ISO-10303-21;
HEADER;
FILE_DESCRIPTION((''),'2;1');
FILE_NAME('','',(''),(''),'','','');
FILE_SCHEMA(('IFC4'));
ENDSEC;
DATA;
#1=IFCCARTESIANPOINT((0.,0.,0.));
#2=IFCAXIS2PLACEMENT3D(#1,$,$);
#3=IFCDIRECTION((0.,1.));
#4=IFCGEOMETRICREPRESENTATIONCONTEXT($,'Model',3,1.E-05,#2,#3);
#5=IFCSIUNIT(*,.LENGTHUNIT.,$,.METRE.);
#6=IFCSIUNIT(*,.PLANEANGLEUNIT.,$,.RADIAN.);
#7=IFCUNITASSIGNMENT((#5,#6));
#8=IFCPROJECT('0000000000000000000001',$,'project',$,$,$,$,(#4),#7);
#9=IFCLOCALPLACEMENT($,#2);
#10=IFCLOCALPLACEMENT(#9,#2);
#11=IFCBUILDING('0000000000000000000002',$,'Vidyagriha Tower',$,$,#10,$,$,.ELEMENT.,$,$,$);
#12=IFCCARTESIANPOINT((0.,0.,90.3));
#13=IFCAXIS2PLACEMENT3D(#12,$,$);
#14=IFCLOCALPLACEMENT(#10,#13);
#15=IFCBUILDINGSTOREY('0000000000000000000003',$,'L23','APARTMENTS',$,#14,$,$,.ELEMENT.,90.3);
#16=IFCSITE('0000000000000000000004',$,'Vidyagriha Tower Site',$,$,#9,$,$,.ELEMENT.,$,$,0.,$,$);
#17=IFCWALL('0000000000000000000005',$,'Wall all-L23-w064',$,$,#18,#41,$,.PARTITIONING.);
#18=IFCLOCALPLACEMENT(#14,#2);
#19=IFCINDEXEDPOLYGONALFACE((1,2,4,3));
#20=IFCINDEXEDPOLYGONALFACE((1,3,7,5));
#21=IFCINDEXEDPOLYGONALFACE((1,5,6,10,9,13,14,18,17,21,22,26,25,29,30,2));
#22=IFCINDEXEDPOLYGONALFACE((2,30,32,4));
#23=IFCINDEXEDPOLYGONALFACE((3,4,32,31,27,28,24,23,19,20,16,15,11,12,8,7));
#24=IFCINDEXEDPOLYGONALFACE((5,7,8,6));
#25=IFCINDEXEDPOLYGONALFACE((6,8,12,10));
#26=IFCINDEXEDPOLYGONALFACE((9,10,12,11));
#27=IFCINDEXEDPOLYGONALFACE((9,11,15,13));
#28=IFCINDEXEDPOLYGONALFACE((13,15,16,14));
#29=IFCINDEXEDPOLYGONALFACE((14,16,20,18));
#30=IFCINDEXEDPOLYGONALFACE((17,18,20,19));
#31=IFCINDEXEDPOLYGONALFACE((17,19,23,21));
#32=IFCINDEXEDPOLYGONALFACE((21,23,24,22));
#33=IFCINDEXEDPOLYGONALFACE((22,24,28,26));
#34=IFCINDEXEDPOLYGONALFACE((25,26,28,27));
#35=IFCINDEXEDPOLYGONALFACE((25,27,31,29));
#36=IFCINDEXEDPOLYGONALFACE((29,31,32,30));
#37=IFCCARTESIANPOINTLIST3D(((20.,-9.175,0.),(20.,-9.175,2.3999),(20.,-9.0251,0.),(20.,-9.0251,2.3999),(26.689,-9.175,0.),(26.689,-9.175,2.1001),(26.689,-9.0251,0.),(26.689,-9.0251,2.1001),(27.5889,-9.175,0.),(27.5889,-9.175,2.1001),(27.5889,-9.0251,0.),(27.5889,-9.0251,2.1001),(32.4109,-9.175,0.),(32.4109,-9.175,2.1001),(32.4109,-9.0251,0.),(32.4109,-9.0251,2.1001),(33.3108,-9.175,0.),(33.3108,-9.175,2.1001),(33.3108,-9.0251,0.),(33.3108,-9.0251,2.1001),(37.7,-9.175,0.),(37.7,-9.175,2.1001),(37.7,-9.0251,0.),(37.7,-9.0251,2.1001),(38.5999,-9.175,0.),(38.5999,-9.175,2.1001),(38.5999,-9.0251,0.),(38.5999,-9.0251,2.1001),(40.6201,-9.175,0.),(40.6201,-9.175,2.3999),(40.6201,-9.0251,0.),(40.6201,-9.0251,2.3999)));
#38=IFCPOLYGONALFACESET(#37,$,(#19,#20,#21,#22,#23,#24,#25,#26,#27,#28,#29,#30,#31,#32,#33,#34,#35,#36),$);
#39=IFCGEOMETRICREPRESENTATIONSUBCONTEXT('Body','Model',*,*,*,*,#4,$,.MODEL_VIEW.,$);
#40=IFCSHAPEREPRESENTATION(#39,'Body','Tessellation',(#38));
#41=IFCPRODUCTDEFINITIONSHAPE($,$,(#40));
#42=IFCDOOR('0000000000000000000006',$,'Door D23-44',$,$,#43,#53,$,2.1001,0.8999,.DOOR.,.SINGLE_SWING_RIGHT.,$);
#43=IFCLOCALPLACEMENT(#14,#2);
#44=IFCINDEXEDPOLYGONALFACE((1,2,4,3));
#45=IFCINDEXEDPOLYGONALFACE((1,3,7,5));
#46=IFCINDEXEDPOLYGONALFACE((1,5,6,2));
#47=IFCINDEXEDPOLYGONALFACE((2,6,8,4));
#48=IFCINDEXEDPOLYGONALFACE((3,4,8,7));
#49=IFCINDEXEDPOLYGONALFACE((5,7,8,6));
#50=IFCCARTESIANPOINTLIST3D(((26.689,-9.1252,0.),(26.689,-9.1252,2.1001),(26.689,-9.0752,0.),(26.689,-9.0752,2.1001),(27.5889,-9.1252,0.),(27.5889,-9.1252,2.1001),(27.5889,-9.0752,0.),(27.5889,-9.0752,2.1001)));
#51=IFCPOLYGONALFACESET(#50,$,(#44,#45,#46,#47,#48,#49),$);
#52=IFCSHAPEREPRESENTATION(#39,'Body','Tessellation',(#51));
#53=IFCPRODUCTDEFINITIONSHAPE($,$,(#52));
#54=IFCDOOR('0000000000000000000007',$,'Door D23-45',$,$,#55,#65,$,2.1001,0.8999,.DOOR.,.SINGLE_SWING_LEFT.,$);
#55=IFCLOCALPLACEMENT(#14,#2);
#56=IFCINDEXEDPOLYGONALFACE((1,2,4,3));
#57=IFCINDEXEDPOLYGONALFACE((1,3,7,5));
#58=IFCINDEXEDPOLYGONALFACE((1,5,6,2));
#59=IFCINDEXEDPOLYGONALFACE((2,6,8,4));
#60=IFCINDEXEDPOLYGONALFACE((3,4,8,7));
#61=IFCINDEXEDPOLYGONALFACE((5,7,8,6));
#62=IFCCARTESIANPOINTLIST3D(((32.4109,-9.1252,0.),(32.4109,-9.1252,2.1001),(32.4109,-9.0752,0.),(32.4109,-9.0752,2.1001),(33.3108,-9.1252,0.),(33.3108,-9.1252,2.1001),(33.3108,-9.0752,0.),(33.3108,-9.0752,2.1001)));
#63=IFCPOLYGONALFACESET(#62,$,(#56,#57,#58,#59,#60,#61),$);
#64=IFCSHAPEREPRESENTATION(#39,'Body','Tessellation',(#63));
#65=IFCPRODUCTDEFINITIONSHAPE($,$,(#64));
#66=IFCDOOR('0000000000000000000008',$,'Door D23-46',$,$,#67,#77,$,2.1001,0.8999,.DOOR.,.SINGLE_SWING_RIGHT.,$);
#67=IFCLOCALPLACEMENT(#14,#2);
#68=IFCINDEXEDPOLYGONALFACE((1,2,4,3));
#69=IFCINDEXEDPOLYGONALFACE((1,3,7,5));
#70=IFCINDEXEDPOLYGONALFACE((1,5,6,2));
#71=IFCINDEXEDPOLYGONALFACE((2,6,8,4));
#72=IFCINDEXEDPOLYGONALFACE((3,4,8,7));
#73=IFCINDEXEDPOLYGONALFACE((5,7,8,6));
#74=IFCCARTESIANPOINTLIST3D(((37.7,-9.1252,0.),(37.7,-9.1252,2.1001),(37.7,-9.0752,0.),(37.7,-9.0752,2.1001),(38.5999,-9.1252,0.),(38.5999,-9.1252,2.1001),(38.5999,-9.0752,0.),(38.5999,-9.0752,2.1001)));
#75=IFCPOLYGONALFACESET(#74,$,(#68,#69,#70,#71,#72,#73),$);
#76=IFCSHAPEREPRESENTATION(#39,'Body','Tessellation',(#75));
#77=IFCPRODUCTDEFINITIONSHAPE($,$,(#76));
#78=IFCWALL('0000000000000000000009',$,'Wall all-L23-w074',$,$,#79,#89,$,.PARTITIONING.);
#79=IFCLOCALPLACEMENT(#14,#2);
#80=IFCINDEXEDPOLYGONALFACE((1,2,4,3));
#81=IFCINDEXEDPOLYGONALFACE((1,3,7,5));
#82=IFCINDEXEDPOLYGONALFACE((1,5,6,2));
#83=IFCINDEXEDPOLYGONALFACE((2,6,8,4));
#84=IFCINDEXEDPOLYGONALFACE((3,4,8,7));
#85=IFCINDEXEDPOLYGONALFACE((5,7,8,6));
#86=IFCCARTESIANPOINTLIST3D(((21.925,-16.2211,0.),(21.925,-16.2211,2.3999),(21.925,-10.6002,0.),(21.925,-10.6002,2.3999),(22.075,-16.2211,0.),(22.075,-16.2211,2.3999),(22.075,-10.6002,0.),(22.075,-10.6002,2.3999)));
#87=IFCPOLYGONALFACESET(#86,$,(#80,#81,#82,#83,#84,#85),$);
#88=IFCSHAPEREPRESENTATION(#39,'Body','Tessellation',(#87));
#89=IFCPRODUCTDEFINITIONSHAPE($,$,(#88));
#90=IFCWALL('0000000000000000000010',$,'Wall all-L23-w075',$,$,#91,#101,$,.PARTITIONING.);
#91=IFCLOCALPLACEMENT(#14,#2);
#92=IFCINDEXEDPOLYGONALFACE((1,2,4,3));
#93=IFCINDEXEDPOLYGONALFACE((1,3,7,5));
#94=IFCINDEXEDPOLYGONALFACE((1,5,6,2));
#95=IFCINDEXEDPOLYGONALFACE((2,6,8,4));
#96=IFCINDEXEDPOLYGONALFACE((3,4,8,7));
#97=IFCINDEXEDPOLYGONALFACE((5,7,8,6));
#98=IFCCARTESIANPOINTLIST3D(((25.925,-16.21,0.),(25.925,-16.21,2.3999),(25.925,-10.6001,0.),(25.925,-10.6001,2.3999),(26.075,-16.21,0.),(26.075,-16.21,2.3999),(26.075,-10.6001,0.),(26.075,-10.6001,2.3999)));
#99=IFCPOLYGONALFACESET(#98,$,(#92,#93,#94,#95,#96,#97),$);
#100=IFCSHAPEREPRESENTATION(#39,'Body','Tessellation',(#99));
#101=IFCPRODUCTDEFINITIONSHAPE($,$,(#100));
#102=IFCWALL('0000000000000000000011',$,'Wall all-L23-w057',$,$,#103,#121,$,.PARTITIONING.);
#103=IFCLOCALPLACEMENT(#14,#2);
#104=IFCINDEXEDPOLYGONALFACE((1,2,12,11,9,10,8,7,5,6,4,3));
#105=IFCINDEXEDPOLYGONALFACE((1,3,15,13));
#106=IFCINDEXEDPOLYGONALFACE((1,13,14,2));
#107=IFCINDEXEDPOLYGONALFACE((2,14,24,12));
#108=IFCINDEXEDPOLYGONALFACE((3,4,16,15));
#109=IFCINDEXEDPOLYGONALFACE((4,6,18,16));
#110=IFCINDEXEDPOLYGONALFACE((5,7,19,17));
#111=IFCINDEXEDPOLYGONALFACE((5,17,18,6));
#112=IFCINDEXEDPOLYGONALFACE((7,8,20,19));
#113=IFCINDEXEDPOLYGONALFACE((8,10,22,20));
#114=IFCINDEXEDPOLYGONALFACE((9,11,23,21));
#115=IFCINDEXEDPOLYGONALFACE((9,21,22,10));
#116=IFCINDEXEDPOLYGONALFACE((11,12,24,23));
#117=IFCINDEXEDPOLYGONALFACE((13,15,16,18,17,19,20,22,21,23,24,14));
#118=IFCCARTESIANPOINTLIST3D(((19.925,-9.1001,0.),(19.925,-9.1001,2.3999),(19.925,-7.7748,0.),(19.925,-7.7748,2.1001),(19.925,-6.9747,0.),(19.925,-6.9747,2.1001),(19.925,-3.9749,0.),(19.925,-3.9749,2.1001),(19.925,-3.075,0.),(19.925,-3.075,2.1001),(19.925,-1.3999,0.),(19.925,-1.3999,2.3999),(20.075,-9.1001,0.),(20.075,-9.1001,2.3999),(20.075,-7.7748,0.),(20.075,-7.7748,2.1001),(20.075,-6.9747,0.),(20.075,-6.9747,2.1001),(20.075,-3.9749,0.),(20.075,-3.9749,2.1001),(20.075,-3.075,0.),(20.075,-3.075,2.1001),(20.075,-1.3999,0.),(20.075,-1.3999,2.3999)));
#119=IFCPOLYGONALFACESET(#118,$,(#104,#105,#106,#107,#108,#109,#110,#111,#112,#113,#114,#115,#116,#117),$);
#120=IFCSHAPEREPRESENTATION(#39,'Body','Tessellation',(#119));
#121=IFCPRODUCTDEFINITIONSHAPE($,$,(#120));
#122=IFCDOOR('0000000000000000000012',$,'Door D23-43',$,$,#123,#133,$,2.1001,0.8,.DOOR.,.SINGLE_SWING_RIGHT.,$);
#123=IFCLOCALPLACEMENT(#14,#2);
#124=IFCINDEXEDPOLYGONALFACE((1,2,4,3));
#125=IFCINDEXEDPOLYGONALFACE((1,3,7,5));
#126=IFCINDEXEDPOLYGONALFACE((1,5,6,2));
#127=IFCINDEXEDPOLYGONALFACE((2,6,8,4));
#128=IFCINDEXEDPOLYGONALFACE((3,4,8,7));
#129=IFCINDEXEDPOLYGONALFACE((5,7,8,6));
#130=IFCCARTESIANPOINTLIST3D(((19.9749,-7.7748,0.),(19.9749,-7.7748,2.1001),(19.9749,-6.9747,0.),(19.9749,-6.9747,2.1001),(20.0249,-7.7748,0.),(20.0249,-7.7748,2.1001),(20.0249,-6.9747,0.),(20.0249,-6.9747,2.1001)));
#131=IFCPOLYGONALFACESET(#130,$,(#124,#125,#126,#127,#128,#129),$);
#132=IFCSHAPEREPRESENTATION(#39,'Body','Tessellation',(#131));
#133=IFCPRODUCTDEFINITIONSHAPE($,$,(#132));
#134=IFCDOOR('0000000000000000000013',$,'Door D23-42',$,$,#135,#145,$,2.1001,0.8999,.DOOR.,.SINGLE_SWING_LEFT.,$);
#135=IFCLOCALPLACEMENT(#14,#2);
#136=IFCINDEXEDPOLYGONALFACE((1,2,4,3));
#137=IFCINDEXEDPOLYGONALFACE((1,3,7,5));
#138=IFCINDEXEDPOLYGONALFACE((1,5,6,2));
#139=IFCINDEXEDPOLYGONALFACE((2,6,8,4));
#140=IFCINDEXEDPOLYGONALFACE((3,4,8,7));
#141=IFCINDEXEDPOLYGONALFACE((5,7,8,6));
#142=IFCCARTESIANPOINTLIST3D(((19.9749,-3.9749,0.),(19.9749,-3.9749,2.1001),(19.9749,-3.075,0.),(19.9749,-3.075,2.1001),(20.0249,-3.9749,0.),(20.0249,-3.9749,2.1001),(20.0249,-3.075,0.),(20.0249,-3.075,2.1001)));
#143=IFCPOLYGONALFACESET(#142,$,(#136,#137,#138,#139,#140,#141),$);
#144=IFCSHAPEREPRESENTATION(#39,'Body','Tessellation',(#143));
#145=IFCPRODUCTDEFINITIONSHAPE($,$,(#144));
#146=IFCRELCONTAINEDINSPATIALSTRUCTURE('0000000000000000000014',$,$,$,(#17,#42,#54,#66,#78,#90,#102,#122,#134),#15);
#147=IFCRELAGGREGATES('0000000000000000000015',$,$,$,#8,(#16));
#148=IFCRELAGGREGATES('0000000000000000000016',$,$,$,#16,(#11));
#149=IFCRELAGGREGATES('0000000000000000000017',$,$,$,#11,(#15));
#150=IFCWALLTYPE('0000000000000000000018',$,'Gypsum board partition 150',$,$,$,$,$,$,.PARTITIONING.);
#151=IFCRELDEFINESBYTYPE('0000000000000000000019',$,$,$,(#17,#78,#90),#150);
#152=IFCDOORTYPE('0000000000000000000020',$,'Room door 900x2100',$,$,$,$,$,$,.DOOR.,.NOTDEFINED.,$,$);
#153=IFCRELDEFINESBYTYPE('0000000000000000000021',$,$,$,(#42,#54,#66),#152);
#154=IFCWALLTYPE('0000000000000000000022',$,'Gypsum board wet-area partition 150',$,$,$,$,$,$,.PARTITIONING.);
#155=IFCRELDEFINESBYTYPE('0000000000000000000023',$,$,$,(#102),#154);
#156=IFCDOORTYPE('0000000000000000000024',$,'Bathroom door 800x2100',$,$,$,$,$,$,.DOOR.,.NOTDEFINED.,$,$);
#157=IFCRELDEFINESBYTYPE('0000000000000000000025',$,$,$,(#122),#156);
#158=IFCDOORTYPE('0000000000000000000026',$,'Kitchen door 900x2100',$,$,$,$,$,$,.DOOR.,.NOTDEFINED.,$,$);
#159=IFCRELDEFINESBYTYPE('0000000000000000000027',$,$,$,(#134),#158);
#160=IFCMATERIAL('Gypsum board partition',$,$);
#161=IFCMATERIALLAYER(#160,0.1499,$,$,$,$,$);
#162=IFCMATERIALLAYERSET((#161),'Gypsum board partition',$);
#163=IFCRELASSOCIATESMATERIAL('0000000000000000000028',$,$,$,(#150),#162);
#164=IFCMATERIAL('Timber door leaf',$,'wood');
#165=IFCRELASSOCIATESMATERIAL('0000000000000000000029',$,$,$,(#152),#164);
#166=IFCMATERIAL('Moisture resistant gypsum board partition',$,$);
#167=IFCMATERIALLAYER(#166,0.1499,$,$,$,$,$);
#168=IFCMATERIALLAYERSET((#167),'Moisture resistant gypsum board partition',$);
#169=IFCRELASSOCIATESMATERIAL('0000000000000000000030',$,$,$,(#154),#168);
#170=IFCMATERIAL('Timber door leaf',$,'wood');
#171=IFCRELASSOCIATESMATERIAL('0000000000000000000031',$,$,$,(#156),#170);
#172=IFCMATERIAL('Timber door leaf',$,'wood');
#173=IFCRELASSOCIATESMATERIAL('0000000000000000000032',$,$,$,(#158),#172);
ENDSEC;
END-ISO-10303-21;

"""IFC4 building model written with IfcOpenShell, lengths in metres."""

from ifc_helpers import new_model, si_unit, direction, frame, frame_2d, origin, place, context, subcontext, project, spatial, rectangle, extrude, material, layer, layer_set, type_object, element, fill, save


model = new_model("IFC4")

# Units and contexts
model_context = context("Model", 3, precision=1e-05, world=origin(), true_north=direction((0.0, 1.0)))
body_context = subcontext(model_context, "Body", "Model", "MODEL_VIEW")
ifc_project = project(units=[si_unit("LENGTHUNIT", "METRE"), si_unit("PLANEANGLEUNIT", "RADIAN")], contexts=[model_context])

# Site, building, storey
site_placement = place(None, origin())
site = spatial("IfcSite", under=ifc_project, at=site_placement, Name="Vidyagriha Tower Site", CompositionType="ELEMENT", RefElevation=0.0)
building_placement = place(site_placement, origin())
building = spatial("IfcBuilding", under=site, at=building_placement, Name="Vidyagriha Tower", CompositionType="ELEMENT")
storey_placement = place(building_placement, frame((0.0, 0.0, 90.3)))
storey = spatial("IfcBuildingStorey", under=building, at=storey_placement, Name="L23", Description="APARTMENTS", CompositionType="ELEMENT", Elevation=90.3)

# Shared definitions
ifc_material_1 = material(Name="Gypsum board partition")
ifc_layer_1 = layer(ifc_material_1, 0.1499)
ifc_layer_set_1 = layer_set([ifc_layer_1], Name="Gypsum board partition")
wall_type_1 = type_object("IfcWallType", Name="Gypsum board partition 150", PredefinedType="PARTITIONING", material=ifc_layer_set_1)

# Wall, openings, doors
wall_1_placement = place(storey_placement, frame((20.0, -9.1001, 0.0)))
wall_1 = element("IfcWall", 1, at=wall_1_placement, inside=storey, type_object=wall_type_1, Name="Wall all-L23-w064", PredefinedType="PARTITIONING", context=body_context, shape_type="SweptSolid", body=[
    extrude(rectangle(XDim=20.6201, YDim=0.1499, at=frame_2d((10.3101, 0.0))), origin(), (0.0, 0.0, 1.0), 2.3999),
])
opening_1_placement = place(wall_1_placement, frame((6.689, 0.0, 0.0)))
opening_1 = element("IfcOpeningElement", 2, at=opening_1_placement, cuts=wall_1, PredefinedType="OPENING", context=body_context, shape_type="SweptSolid", body=[
    extrude(rectangle(XDim=0.8999, YDim=2.1001, at=frame_2d((0.45, 1.05))), frame((0.0, 0.085, 0.0), z_axis=(0.0, -1.0, 0.0), x_axis=(1.0, 0.0, 0.0)), (0.0, 0.0, 1.0), 0.1699),
])
opening_2_placement = place(wall_1_placement, frame((12.4109, 0.0, 0.0)))
opening_2 = element("IfcOpeningElement", 3, at=opening_2_placement, cuts=wall_1, PredefinedType="OPENING", context=body_context, shape_type="SweptSolid", body=[
    extrude(rectangle(XDim=0.8999, YDim=2.1001, at=frame_2d((0.45, 1.05))), frame((0.0, 0.085, 0.0), z_axis=(0.0, -1.0, 0.0), x_axis=(1.0, 0.0, 0.0)), (0.0, 0.0, 1.0), 0.1699),
])
opening_3_placement = place(wall_1_placement, frame((17.7, 0.0, 0.0)))
opening_3 = element("IfcOpeningElement", 4, at=opening_3_placement, cuts=wall_1, PredefinedType="OPENING", context=body_context, shape_type="SweptSolid", body=[
    extrude(rectangle(XDim=0.8999, YDim=2.1001, at=frame_2d((0.45, 1.05))), frame((0.0, 0.085, 0.0), z_axis=(0.0, -1.0, 0.0), x_axis=(1.0, 0.0, 0.0)), (0.0, 0.0, 1.0), 0.1699),
])
ifc_material_2 = material(Name="Timber door leaf", Category="wood")
door_type_1 = type_object("IfcDoorType", Name="Room door 900x2100", OperationType="NOTDEFINED", PredefinedType="DOOR", material=ifc_material_2)
door_1_placement = place(opening_1_placement, origin())
door_1 = element("IfcDoor", 5, at=door_1_placement, inside=storey, type_object=door_type_1, Name="Door D23-44", OperationType="SINGLE_SWING_RIGHT", OverallHeight=2.1001, OverallWidth=0.8999, PredefinedType="DOOR", context=body_context, shape_type="SweptSolid", body=[
    extrude(rectangle(XDim=0.8999, YDim=2.1001, at=frame_2d((0.45, 1.05))), frame((0.0, 0.0249, 0.0), z_axis=(0.0, -1.0, 0.0), x_axis=(1.0, 0.0, 0.0)), (0.0, 0.0, 1.0), 0.05),
])
fill(opening_1, door_1)
door_2_placement = place(opening_2_placement, origin())
door_2 = element("IfcDoor", 6, at=door_2_placement, inside=storey, type_object=door_type_1, Name="Door D23-45", OperationType="SINGLE_SWING_LEFT", OverallHeight=2.1001, OverallWidth=0.8999, PredefinedType="DOOR", context=body_context, shape_type="SweptSolid", body=[
    extrude(rectangle(XDim=0.8999, YDim=2.1001, at=frame_2d((0.45, 1.05))), frame((0.0, 0.0249, 0.0), z_axis=(0.0, -1.0, 0.0), x_axis=(1.0, 0.0, 0.0)), (0.0, 0.0, 1.0), 0.05),
])
fill(opening_2, door_2)
door_3_placement = place(opening_3_placement, origin())
door_3 = element("IfcDoor", 7, at=door_3_placement, inside=storey, type_object=door_type_1, Name="Door D23-46", OperationType="SINGLE_SWING_RIGHT", OverallHeight=2.1001, OverallWidth=0.8999, PredefinedType="DOOR", context=body_context, shape_type="SweptSolid", body=[
    extrude(rectangle(XDim=0.8999, YDim=2.1001, at=frame_2d((0.45, 1.05))), frame((0.0, 0.0249, 0.0), z_axis=(0.0, -1.0, 0.0), x_axis=(1.0, 0.0, 0.0)), (0.0, 0.0, 1.0), 0.05),
])
fill(opening_3, door_3)

# Walls
wall_2_placement = place(storey_placement, frame((22.0, -10.6001, 0.0), z_axis=(0.0, 0.0, 1.0), x_axis=(0.0, -1.0, 0.0)))
element("IfcWall", 8, at=wall_2_placement, inside=storey, type_object=wall_type_1, Name="Wall all-L23-w074", PredefinedType="PARTITIONING", context=body_context, shape_type="SweptSolid", body=[
    extrude(rectangle(XDim=5.6208, YDim=0.1499, at=frame_2d((2.8105, 0.0))), origin(), (0.0, 0.0, 1.0), 2.3999),
])
wall_3_placement = place(storey_placement, frame((26.0, -10.6001, 0.0), z_axis=(0.0, 0.0, 1.0), x_axis=(0.0, -1.0, 0.0)))
element("IfcWall", 9, at=wall_3_placement, inside=storey, type_object=wall_type_1, Name="Wall all-L23-w075", PredefinedType="PARTITIONING", context=body_context, shape_type="SweptSolid", body=[
    extrude(rectangle(XDim=5.6099, YDim=0.1499, at=frame_2d((2.8049, 0.0))), origin(), (0.0, 0.0, 1.0), 2.3999),
])

# Wall, openings, doors
ifc_material_3 = material(Name="Moisture resistant gypsum board partition")
ifc_layer_2 = layer(ifc_material_3, 0.1499)
ifc_layer_set_2 = layer_set([ifc_layer_2], Name="Moisture resistant gypsum board partition")
wall_type_2 = type_object("IfcWallType", Name="Gypsum board wet-area partition 150", PredefinedType="PARTITIONING", material=ifc_layer_set_2)
wall_4_placement = place(storey_placement, frame((20.0, -1.3999, 0.0), z_axis=(0.0, 0.0, 1.0), x_axis=(0.0, -1.0, 0.0)))
wall_4 = element("IfcWall", 10, at=wall_4_placement, inside=storey, type_object=wall_type_2, Name="Wall all-L23-w057", PredefinedType="PARTITIONING", context=body_context, shape_type="SweptSolid", body=[
    extrude(rectangle(XDim=7.7002, YDim=0.1499, at=frame_2d((3.8501, 0.0))), origin(), (0.0, 0.0, 1.0), 2.3999),
])
opening_4_placement = place(wall_4_placement, frame((1.675, 0.0, 0.0)))
opening_4 = element("IfcOpeningElement", 11, at=opening_4_placement, cuts=wall_4, PredefinedType="OPENING", context=body_context, shape_type="SweptSolid", body=[
    extrude(rectangle(XDim=0.8999, YDim=2.1001, at=frame_2d((0.45, 1.05))), frame((0.0, 0.085, 0.0), z_axis=(0.0, -1.0, 0.0), x_axis=(1.0, 0.0, 0.0)), (0.0, 0.0, 1.0), 0.1699),
])
opening_5_placement = place(wall_4_placement, frame((5.575, 0.0, 0.0)))
opening_5 = element("IfcOpeningElement", 12, at=opening_5_placement, cuts=wall_4, PredefinedType="OPENING", context=body_context, shape_type="SweptSolid", body=[
    extrude(rectangle(XDim=0.8, YDim=2.1001, at=frame_2d((0.3999, 1.05))), frame((0.0, 0.085, 0.0), z_axis=(0.0, -1.0, 0.0), x_axis=(1.0, 0.0, 0.0)), (0.0, 0.0, 1.0), 0.1699),
])
ifc_material_4 = material(Name="Timber door leaf", Category="wood")
door_type_2 = type_object("IfcDoorType", Name="Bathroom door 800x2100", OperationType="NOTDEFINED", PredefinedType="DOOR", material=ifc_material_4)
door_4_placement = place(opening_5_placement, origin())
door_4 = element("IfcDoor", 13, at=door_4_placement, inside=storey, type_object=door_type_2, Name="Door D23-43", OperationType="SINGLE_SWING_RIGHT", OverallHeight=2.1001, OverallWidth=0.8, PredefinedType="DOOR", context=body_context, shape_type="SweptSolid", body=[
    extrude(rectangle(XDim=0.8, YDim=2.1001, at=frame_2d((0.3999, 1.05))), frame((0.0, 0.0249, 0.0), z_axis=(0.0, -1.0, 0.0), x_axis=(1.0, 0.0, 0.0)), (0.0, 0.0, 1.0), 0.05),
])
fill(opening_5, door_4)
ifc_material_5 = material(Name="Timber door leaf", Category="wood")
door_type_3 = type_object("IfcDoorType", Name="Kitchen door 900x2100", OperationType="NOTDEFINED", PredefinedType="DOOR", material=ifc_material_5)
door_5_placement = place(opening_4_placement, origin())
door_5 = element("IfcDoor", 14, at=door_5_placement, inside=storey, type_object=door_type_3, Name="Door D23-42", OperationType="SINGLE_SWING_LEFT", OverallHeight=2.1001, OverallWidth=0.8999, PredefinedType="DOOR", context=body_context, shape_type="SweptSolid", body=[
    extrude(rectangle(XDim=0.8999, YDim=2.1001, at=frame_2d((0.45, 1.05))), frame((0.0, 0.0249, 0.0), z_axis=(0.0, -1.0, 0.0), x_axis=(1.0, 0.0, 0.0)), (0.0, 0.0, 1.0), 0.05),
])
fill(opening_4, door_5)

save(model, "model.ifc")
